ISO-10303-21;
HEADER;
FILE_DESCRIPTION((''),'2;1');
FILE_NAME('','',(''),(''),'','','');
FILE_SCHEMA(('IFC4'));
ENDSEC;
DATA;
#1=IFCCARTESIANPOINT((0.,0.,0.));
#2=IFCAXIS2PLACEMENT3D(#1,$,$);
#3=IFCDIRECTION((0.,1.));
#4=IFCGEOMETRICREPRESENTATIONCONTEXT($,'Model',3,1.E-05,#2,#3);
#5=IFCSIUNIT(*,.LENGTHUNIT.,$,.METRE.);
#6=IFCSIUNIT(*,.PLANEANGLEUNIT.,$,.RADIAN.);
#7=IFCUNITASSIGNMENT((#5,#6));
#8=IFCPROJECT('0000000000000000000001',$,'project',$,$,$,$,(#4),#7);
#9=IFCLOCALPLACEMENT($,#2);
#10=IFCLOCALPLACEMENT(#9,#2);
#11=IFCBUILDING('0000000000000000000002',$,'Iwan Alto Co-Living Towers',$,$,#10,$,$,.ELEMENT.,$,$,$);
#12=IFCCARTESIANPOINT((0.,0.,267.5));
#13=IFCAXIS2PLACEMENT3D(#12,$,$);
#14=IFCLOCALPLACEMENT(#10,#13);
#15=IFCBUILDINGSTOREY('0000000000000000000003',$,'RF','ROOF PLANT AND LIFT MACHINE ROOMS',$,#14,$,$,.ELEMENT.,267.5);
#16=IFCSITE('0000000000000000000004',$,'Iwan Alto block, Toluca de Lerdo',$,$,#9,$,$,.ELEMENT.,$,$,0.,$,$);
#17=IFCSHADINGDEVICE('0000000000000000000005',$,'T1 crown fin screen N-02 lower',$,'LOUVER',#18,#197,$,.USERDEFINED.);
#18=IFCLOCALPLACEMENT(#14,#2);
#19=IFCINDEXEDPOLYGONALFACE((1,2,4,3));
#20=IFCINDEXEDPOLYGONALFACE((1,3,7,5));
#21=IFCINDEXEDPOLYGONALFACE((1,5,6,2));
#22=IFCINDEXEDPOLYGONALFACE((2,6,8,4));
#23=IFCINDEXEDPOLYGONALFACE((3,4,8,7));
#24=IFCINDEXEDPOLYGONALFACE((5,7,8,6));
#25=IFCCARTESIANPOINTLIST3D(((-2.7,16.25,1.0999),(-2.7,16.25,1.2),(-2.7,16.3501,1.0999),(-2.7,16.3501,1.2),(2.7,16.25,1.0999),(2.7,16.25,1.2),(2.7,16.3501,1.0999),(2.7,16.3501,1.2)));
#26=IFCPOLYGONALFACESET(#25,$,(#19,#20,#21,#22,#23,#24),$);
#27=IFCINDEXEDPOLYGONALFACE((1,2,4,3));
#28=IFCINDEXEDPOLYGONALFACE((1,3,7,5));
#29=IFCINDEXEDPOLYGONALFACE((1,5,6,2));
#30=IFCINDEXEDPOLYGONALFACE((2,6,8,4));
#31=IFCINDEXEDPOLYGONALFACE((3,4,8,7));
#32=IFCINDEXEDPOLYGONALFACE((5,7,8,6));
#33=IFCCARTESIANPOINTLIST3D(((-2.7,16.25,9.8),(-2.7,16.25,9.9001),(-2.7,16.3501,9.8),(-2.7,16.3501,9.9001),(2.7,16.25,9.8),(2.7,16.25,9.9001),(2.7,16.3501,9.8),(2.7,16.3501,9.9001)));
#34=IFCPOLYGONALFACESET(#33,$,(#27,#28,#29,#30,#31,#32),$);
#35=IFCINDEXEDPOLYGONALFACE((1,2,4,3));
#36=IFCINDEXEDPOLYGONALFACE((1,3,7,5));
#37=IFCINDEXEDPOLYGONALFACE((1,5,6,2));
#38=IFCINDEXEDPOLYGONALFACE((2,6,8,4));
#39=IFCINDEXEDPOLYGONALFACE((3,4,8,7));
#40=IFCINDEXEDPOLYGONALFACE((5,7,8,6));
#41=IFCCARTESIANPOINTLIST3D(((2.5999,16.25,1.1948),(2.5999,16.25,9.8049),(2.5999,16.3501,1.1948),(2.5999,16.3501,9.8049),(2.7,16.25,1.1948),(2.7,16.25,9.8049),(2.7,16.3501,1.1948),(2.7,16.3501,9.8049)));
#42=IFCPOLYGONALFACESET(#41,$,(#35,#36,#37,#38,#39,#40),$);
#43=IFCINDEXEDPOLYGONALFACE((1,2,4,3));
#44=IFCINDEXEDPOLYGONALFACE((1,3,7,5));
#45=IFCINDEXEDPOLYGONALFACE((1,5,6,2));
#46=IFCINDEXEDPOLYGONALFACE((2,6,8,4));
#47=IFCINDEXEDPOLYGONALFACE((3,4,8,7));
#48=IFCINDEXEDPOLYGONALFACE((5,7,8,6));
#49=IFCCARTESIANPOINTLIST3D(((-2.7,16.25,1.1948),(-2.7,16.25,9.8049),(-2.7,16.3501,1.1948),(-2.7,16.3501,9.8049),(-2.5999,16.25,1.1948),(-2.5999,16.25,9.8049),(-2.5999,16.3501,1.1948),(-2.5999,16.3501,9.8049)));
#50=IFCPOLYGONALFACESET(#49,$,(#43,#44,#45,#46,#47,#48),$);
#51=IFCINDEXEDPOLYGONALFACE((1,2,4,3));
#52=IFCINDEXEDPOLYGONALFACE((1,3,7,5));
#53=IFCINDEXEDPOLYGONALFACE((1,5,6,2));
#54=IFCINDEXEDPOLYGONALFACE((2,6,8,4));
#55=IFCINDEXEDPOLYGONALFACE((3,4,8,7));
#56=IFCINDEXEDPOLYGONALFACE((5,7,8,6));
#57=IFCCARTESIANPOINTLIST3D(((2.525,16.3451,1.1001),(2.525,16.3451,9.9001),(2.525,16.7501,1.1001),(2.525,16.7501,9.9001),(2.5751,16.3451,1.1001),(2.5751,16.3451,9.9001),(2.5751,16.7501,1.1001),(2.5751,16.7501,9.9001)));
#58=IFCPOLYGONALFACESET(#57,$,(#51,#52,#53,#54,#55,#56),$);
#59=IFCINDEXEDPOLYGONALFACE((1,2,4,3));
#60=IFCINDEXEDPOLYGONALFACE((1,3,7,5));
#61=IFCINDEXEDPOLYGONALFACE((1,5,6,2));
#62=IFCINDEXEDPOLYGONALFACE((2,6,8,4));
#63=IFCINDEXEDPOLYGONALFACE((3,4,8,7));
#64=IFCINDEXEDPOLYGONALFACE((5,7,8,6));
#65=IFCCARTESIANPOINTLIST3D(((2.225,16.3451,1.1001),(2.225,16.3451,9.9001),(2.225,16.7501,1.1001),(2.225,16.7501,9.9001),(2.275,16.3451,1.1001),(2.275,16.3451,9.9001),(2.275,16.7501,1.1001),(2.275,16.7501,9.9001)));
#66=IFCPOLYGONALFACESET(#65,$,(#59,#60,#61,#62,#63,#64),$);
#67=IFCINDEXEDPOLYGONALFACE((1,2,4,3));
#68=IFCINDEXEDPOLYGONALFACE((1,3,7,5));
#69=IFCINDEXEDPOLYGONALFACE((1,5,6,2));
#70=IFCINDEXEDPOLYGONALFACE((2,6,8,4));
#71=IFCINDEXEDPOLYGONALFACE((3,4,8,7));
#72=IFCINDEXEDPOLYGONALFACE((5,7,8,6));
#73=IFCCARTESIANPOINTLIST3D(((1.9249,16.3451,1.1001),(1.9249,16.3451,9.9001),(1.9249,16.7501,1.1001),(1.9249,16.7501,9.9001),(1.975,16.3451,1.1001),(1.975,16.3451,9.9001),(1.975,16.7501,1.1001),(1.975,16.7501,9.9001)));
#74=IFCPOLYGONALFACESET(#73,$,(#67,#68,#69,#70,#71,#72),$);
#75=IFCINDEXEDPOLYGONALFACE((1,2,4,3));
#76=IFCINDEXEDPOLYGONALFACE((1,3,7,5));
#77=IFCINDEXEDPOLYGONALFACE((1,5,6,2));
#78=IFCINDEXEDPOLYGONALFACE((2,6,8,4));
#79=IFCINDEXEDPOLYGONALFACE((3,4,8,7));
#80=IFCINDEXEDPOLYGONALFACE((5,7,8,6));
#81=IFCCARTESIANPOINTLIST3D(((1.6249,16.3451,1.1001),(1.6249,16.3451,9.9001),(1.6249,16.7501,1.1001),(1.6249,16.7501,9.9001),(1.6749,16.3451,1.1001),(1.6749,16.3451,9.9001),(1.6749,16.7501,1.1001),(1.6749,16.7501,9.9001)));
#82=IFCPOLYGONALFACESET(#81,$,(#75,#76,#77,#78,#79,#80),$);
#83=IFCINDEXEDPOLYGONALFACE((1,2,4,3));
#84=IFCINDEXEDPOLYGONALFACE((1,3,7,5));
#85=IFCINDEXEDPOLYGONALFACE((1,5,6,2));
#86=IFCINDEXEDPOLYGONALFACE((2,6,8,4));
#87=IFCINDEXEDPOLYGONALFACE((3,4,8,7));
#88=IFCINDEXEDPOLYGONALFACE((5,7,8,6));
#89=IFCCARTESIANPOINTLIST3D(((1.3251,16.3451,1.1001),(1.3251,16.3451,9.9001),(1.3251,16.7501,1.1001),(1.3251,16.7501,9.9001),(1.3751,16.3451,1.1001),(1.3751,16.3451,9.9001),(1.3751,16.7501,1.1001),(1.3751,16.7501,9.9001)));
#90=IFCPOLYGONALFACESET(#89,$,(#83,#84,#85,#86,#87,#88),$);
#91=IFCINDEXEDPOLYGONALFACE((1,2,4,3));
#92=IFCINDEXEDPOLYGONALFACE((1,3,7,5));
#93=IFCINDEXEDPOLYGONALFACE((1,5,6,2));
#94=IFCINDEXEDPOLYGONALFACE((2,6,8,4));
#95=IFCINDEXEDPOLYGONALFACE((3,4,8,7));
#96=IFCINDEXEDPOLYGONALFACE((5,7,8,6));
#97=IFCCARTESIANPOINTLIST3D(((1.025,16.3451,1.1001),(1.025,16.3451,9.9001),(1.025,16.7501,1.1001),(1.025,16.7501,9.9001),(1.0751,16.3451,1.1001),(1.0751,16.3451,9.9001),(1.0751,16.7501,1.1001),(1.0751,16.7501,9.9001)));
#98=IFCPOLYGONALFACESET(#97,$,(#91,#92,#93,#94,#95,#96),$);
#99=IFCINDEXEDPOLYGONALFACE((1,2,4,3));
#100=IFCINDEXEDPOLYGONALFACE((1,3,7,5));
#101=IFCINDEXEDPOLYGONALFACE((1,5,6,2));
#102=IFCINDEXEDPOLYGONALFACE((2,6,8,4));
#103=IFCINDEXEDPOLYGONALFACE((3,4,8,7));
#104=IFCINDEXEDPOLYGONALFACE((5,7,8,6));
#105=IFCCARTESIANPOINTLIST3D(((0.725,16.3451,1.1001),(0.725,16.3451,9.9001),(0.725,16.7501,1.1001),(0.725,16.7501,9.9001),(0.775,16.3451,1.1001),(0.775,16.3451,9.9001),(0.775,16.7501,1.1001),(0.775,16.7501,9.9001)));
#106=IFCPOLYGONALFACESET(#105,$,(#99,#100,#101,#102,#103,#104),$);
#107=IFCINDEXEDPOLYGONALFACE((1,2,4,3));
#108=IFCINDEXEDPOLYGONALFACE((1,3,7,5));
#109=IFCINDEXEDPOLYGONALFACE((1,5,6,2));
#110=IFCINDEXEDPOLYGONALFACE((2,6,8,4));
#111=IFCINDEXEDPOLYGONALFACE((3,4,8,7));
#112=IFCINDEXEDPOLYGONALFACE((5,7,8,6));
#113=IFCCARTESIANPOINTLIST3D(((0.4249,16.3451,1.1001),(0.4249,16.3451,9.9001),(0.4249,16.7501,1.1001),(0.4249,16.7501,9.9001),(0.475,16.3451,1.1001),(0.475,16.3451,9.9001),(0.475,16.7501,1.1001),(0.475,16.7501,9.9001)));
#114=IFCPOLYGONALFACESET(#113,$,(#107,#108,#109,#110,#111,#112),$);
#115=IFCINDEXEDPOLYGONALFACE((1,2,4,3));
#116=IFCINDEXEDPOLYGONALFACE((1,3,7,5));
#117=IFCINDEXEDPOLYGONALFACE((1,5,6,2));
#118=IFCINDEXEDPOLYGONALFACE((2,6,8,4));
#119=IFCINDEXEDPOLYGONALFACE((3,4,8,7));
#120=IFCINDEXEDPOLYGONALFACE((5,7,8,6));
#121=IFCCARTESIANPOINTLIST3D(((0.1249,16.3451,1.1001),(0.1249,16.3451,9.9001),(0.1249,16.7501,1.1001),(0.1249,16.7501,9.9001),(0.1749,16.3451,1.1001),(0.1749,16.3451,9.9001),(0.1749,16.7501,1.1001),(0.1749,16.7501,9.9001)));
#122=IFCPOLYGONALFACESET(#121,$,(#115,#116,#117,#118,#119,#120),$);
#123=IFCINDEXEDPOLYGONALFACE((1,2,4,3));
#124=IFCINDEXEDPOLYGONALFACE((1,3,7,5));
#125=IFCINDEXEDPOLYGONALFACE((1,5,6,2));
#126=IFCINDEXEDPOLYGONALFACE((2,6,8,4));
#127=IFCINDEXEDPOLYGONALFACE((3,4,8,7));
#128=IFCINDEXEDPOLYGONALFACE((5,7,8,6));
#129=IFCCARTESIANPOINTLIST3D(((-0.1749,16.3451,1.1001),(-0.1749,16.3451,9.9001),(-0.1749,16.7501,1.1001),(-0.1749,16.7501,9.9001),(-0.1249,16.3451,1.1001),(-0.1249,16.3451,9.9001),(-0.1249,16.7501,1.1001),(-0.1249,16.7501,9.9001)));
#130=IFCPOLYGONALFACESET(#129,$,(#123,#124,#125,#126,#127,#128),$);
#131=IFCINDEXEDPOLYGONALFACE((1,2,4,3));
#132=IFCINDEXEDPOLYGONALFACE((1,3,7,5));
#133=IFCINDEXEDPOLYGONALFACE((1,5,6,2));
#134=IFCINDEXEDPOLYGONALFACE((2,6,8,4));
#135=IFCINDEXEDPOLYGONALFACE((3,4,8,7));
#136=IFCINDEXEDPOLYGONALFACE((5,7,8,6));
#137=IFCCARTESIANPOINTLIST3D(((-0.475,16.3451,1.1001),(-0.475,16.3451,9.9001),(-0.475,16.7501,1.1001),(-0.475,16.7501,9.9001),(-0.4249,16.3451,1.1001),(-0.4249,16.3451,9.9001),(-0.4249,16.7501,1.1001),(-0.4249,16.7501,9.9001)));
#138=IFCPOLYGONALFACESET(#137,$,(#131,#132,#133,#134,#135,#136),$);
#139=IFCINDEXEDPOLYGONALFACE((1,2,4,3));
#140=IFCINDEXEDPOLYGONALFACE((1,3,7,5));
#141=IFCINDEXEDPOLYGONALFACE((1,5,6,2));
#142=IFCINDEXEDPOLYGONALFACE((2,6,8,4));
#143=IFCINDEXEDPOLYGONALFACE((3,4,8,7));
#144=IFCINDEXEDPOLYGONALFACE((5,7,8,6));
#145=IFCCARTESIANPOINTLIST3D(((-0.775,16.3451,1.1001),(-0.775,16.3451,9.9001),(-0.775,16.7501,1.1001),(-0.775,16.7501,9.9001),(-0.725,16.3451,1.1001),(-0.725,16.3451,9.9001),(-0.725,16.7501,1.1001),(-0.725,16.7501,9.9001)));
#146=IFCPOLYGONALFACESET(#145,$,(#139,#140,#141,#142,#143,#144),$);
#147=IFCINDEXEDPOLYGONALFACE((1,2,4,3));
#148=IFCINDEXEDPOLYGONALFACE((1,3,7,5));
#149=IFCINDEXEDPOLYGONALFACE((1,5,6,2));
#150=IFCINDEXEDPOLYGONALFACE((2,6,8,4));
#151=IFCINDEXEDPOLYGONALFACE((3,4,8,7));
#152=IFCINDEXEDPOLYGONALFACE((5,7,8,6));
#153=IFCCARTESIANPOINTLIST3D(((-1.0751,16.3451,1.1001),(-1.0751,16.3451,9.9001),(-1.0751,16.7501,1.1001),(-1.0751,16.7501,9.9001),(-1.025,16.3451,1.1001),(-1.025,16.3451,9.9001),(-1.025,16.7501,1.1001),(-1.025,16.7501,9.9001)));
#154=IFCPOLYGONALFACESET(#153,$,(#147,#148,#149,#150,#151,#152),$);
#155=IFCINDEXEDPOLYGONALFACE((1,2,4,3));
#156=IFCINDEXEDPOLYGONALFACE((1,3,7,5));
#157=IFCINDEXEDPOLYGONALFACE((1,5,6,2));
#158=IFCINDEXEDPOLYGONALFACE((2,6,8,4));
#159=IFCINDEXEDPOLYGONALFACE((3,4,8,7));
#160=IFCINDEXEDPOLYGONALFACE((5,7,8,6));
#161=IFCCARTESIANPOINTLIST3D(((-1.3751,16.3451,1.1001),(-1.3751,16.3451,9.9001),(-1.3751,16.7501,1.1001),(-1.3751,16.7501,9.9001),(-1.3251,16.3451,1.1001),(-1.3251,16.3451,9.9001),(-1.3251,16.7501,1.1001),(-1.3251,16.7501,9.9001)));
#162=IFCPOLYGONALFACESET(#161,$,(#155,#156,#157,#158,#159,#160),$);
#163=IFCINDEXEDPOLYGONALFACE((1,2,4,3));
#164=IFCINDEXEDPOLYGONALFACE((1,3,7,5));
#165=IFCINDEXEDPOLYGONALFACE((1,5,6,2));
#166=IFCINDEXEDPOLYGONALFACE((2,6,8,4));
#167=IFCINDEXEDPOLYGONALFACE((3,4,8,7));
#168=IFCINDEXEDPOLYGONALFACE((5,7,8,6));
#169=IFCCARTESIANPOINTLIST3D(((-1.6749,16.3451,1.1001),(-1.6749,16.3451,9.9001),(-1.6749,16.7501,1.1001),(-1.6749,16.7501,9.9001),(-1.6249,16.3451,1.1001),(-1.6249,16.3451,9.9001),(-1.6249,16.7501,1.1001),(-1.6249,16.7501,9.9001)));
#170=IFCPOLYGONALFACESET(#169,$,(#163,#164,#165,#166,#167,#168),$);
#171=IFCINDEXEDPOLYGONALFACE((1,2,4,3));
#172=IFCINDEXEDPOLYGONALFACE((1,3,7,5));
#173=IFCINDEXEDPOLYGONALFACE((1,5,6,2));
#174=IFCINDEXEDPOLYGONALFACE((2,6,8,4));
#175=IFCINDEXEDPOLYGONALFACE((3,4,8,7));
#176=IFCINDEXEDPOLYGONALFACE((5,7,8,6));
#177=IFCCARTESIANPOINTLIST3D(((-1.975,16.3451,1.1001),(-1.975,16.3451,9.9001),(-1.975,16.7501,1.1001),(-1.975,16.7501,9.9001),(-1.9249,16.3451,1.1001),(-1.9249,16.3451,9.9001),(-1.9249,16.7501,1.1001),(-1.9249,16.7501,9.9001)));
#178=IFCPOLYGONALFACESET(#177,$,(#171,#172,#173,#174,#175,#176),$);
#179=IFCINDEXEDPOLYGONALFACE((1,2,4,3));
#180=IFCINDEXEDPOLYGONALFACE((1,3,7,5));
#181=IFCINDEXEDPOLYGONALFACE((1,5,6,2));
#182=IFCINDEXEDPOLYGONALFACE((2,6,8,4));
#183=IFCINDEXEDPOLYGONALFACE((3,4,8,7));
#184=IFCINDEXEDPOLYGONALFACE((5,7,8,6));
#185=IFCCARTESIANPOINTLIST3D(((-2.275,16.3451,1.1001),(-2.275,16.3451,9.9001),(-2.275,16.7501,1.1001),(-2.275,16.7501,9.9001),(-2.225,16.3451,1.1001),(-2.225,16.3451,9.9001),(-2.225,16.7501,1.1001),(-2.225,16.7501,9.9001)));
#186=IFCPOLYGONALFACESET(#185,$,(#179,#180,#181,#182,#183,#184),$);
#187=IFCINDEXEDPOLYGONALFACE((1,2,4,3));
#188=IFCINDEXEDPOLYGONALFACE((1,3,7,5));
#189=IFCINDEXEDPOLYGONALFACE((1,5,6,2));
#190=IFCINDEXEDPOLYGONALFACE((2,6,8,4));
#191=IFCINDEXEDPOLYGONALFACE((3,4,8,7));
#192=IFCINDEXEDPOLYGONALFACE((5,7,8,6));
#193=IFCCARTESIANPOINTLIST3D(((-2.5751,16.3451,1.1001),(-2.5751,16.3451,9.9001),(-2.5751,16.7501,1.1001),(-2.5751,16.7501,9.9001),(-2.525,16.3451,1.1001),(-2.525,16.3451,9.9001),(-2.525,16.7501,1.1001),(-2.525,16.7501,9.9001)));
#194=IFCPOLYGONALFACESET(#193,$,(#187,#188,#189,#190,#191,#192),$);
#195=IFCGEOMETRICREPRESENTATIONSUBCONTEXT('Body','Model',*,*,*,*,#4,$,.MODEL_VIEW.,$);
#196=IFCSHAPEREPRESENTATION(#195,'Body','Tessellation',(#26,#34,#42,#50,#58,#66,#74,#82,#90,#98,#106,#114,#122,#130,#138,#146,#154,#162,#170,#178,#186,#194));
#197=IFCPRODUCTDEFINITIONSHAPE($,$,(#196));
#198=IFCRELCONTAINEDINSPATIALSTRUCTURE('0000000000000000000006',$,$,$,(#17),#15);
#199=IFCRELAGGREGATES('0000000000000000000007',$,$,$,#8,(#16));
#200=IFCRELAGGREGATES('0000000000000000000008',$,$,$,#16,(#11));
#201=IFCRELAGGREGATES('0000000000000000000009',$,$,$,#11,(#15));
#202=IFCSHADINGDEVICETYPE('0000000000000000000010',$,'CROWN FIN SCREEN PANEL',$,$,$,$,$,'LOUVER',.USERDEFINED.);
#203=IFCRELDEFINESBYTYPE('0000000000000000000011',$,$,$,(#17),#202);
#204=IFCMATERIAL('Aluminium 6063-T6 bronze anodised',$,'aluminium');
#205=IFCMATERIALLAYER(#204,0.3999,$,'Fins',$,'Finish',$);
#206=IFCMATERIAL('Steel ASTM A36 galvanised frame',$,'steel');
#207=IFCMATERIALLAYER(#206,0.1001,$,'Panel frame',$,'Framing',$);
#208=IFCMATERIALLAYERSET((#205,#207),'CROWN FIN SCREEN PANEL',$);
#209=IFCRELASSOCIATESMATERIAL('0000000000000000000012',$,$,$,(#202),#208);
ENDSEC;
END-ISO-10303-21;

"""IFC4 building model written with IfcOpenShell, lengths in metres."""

from ifc_helpers import new_model, si_unit, direction, frame, origin, origin_2d, place, context, subcontext, project, spatial, rectangle, extrude, material, layer, layer_set, type_object, element, save


model = new_model("IFC4")

# Units and contexts
model_context = context("Model", 3, precision=1e-05, world=origin(), true_north=direction((0.0, 1.0)))
body_context = subcontext(model_context, "Body", "Model", "MODEL_VIEW")
ifc_project = project(units=[si_unit("LENGTHUNIT", "METRE"), si_unit("PLANEANGLEUNIT", "RADIAN")], contexts=[model_context])

# Site, building, storey
site_placement = place(None, origin())
site = spatial("IfcSite", under=ifc_project, at=site_placement, Name="Iwan Alto block, Toluca de Lerdo", CompositionType="ELEMENT", RefElevation=0.0)
building_placement = place(site_placement, origin())
building = spatial("IfcBuilding", under=site, at=building_placement, Name="Iwan Alto Co-Living Towers", CompositionType="ELEMENT")
storey_placement = place(building_placement, frame((0.0, 0.0, 267.5)))
storey = spatial("IfcBuildingStorey", under=building, at=storey_placement, Name="RF", Description="ROOF PLANT AND LIFT MACHINE ROOMS", CompositionType="ELEMENT", Elevation=267.5)

# Shading device
ifc_material_1 = material(Name="Aluminium 6063-T6 bronze anodised", Category="aluminium")
ifc_layer_1 = layer(ifc_material_1, 0.3999, Name="Fins", Category="Finish")
ifc_material_2 = material(Name="Steel ASTM A36 galvanised frame", Category="steel")
ifc_layer_2 = layer(ifc_material_2, 0.1001, Name="Panel frame", Category="Framing")
ifc_layer_set = layer_set([ifc_layer_1, ifc_layer_2], Name="CROWN FIN SCREEN PANEL")
shading_device_type = type_object("IfcShadingDeviceType", Name="CROWN FIN SCREEN PANEL", ElementType="LOUVER", PredefinedType="USERDEFINED", material=ifc_layer_set)
shading_device_1_placement = place(storey_placement, frame((0.0, 0.0, -267.5)))
element("IfcShadingDevice", 1, at=shading_device_1_placement, inside=storey, type_object=shading_device_type, Name="T1 crown fin screen N-02 lower", ObjectType="LOUVER", PredefinedType="USERDEFINED", context=body_context, shape_type="SweptSolid", body=[
    extrude(rectangle(XDim=5.3999, YDim=0.1001, at=origin_2d()), frame((0.0, 16.3, 268.5999), z_axis=(0.0, 0.0, 1.0), x_axis=(-1.0, 0.0, 0.0)), (0.0, 0.0, 1.0), 0.1001),
    extrude(rectangle(XDim=5.3999, YDim=0.1001, at=origin_2d()), frame((0.0, 16.3, 277.3), z_axis=(0.0, 0.0, 1.0), x_axis=(-1.0, 0.0, 0.0)), (0.0, 0.0, 1.0), 0.1001),
    extrude(rectangle(XDim=0.1001, YDim=0.1001, at=origin_2d()), frame((2.6499, 16.3, 268.6948), z_axis=(0.0, 0.0, 1.0), x_axis=(-1.0, 0.0, 0.0)), (0.0, 0.0, 1.0), 8.6101),
    extrude(rectangle(XDim=0.1001, YDim=0.1001, at=origin_2d()), frame((-2.6499, 16.3, 268.6948), z_axis=(0.0, 0.0, 1.0), x_axis=(-1.0, 0.0, 0.0)), (0.0, 0.0, 1.0), 8.6101),
    extrude(rectangle(XDim=0.05, YDim=0.405, at=origin_2d()), frame((2.55, 16.5476, 268.6001), z_axis=(0.0, 0.0, 1.0), x_axis=(-1.0, 0.0, 0.0)), (0.0, 0.0, 1.0), 8.8),
    extrude(rectangle(XDim=0.05, YDim=0.405, at=origin_2d()), frame((2.25, 16.5476, 268.6001), z_axis=(0.0, 0.0, 1.0), x_axis=(-1.0, 0.0, 0.0)), (0.0, 0.0, 1.0), 8.8),
    extrude(rectangle(XDim=0.05, YDim=0.405, at=origin_2d()), frame((1.95, 16.5476, 268.6001), z_axis=(0.0, 0.0, 1.0), x_axis=(-1.0, 0.0, 0.0)), (0.0, 0.0, 1.0), 8.8),
    extrude(rectangle(XDim=0.05, YDim=0.405, at=origin_2d()), frame((1.6499, 16.5476, 268.6001), z_axis=(0.0, 0.0, 1.0), x_axis=(-1.0, 0.0, 0.0)), (0.0, 0.0, 1.0), 8.8),
    extrude(rectangle(XDim=0.05, YDim=0.405, at=origin_2d()), frame((1.3501, 16.5476, 268.6001), z_axis=(0.0, 0.0, 1.0), x_axis=(-1.0, 0.0, 0.0)), (0.0, 0.0, 1.0), 8.8),
    extrude(rectangle(XDim=0.05, YDim=0.405, at=origin_2d()), frame((1.05, 16.5476, 268.6001), z_axis=(0.0, 0.0, 1.0), x_axis=(-1.0, 0.0, 0.0)), (0.0, 0.0, 1.0), 8.8),
    extrude(rectangle(XDim=0.05, YDim=0.405, at=origin_2d()), frame((0.75, 16.5476, 268.6001), z_axis=(0.0, 0.0, 1.0), x_axis=(-1.0, 0.0, 0.0)), (0.0, 0.0, 1.0), 8.8),
    extrude(rectangle(XDim=0.05, YDim=0.405, at=origin_2d()), frame((0.45, 16.5476, 268.6001), z_axis=(0.0, 0.0, 1.0), x_axis=(-1.0, 0.0, 0.0)), (0.0, 0.0, 1.0), 8.8),
    extrude(rectangle(XDim=0.05, YDim=0.405, at=origin_2d()), frame((0.1499, 16.5476, 268.6001), z_axis=(0.0, 0.0, 1.0), x_axis=(-1.0, 0.0, 0.0)), (0.0, 0.0, 1.0), 8.8),
    extrude(rectangle(XDim=0.05, YDim=0.405, at=origin_2d()), frame((-0.1499, 16.5476, 268.6001), z_axis=(0.0, 0.0, 1.0), x_axis=(-1.0, 0.0, 0.0)), (0.0, 0.0, 1.0), 8.8),
    extrude(rectangle(XDim=0.05, YDim=0.405, at=origin_2d()), frame((-0.45, 16.5476, 268.6001), z_axis=(0.0, 0.0, 1.0), x_axis=(-1.0, 0.0, 0.0)), (0.0, 0.0, 1.0), 8.8),
    extrude(rectangle(XDim=0.05, YDim=0.405, at=origin_2d()), frame((-0.75, 16.5476, 268.6001), z_axis=(0.0, 0.0, 1.0), x_axis=(-1.0, 0.0, 0.0)), (0.0, 0.0, 1.0), 8.8),
    extrude(rectangle(XDim=0.05, YDim=0.405, at=origin_2d()), frame((-1.05, 16.5476, 268.6001), z_axis=(0.0, 0.0, 1.0), x_axis=(-1.0, 0.0, 0.0)), (0.0, 0.0, 1.0), 8.8),
    extrude(rectangle(XDim=0.05, YDim=0.405, at=origin_2d()), frame((-1.3501, 16.5476, 268.6001), z_axis=(0.0, 0.0, 1.0), x_axis=(-1.0, 0.0, 0.0)), (0.0, 0.0, 1.0), 8.8),
    extrude(rectangle(XDim=0.05, YDim=0.405, at=origin_2d()), frame((-1.6499, 16.5476, 268.6001), z_axis=(0.0, 0.0, 1.0), x_axis=(-1.0, 0.0, 0.0)), (0.0, 0.0, 1.0), 8.8),
    extrude(rectangle(XDim=0.05, YDim=0.405, at=origin_2d()), frame((-1.95, 16.5476, 268.6001), z_axis=(0.0, 0.0, 1.0), x_axis=(-1.0, 0.0, 0.0)), (0.0, 0.0, 1.0), 8.8),
    extrude(rectangle(XDim=0.05, YDim=0.405, at=origin_2d()), frame((-2.25, 16.5476, 268.6001), z_axis=(0.0, 0.0, 1.0), x_axis=(-1.0, 0.0, 0.0)), (0.0, 0.0, 1.0), 8.8),
    extrude(rectangle(XDim=0.05, YDim=0.405, at=origin_2d()), frame((-2.55, 16.5476, 268.6001), z_axis=(0.0, 0.0, 1.0), x_axis=(-1.0, 0.0, 0.0)), (0.0, 0.0, 1.0), 8.8),
])

save(model, "model.ifc")
